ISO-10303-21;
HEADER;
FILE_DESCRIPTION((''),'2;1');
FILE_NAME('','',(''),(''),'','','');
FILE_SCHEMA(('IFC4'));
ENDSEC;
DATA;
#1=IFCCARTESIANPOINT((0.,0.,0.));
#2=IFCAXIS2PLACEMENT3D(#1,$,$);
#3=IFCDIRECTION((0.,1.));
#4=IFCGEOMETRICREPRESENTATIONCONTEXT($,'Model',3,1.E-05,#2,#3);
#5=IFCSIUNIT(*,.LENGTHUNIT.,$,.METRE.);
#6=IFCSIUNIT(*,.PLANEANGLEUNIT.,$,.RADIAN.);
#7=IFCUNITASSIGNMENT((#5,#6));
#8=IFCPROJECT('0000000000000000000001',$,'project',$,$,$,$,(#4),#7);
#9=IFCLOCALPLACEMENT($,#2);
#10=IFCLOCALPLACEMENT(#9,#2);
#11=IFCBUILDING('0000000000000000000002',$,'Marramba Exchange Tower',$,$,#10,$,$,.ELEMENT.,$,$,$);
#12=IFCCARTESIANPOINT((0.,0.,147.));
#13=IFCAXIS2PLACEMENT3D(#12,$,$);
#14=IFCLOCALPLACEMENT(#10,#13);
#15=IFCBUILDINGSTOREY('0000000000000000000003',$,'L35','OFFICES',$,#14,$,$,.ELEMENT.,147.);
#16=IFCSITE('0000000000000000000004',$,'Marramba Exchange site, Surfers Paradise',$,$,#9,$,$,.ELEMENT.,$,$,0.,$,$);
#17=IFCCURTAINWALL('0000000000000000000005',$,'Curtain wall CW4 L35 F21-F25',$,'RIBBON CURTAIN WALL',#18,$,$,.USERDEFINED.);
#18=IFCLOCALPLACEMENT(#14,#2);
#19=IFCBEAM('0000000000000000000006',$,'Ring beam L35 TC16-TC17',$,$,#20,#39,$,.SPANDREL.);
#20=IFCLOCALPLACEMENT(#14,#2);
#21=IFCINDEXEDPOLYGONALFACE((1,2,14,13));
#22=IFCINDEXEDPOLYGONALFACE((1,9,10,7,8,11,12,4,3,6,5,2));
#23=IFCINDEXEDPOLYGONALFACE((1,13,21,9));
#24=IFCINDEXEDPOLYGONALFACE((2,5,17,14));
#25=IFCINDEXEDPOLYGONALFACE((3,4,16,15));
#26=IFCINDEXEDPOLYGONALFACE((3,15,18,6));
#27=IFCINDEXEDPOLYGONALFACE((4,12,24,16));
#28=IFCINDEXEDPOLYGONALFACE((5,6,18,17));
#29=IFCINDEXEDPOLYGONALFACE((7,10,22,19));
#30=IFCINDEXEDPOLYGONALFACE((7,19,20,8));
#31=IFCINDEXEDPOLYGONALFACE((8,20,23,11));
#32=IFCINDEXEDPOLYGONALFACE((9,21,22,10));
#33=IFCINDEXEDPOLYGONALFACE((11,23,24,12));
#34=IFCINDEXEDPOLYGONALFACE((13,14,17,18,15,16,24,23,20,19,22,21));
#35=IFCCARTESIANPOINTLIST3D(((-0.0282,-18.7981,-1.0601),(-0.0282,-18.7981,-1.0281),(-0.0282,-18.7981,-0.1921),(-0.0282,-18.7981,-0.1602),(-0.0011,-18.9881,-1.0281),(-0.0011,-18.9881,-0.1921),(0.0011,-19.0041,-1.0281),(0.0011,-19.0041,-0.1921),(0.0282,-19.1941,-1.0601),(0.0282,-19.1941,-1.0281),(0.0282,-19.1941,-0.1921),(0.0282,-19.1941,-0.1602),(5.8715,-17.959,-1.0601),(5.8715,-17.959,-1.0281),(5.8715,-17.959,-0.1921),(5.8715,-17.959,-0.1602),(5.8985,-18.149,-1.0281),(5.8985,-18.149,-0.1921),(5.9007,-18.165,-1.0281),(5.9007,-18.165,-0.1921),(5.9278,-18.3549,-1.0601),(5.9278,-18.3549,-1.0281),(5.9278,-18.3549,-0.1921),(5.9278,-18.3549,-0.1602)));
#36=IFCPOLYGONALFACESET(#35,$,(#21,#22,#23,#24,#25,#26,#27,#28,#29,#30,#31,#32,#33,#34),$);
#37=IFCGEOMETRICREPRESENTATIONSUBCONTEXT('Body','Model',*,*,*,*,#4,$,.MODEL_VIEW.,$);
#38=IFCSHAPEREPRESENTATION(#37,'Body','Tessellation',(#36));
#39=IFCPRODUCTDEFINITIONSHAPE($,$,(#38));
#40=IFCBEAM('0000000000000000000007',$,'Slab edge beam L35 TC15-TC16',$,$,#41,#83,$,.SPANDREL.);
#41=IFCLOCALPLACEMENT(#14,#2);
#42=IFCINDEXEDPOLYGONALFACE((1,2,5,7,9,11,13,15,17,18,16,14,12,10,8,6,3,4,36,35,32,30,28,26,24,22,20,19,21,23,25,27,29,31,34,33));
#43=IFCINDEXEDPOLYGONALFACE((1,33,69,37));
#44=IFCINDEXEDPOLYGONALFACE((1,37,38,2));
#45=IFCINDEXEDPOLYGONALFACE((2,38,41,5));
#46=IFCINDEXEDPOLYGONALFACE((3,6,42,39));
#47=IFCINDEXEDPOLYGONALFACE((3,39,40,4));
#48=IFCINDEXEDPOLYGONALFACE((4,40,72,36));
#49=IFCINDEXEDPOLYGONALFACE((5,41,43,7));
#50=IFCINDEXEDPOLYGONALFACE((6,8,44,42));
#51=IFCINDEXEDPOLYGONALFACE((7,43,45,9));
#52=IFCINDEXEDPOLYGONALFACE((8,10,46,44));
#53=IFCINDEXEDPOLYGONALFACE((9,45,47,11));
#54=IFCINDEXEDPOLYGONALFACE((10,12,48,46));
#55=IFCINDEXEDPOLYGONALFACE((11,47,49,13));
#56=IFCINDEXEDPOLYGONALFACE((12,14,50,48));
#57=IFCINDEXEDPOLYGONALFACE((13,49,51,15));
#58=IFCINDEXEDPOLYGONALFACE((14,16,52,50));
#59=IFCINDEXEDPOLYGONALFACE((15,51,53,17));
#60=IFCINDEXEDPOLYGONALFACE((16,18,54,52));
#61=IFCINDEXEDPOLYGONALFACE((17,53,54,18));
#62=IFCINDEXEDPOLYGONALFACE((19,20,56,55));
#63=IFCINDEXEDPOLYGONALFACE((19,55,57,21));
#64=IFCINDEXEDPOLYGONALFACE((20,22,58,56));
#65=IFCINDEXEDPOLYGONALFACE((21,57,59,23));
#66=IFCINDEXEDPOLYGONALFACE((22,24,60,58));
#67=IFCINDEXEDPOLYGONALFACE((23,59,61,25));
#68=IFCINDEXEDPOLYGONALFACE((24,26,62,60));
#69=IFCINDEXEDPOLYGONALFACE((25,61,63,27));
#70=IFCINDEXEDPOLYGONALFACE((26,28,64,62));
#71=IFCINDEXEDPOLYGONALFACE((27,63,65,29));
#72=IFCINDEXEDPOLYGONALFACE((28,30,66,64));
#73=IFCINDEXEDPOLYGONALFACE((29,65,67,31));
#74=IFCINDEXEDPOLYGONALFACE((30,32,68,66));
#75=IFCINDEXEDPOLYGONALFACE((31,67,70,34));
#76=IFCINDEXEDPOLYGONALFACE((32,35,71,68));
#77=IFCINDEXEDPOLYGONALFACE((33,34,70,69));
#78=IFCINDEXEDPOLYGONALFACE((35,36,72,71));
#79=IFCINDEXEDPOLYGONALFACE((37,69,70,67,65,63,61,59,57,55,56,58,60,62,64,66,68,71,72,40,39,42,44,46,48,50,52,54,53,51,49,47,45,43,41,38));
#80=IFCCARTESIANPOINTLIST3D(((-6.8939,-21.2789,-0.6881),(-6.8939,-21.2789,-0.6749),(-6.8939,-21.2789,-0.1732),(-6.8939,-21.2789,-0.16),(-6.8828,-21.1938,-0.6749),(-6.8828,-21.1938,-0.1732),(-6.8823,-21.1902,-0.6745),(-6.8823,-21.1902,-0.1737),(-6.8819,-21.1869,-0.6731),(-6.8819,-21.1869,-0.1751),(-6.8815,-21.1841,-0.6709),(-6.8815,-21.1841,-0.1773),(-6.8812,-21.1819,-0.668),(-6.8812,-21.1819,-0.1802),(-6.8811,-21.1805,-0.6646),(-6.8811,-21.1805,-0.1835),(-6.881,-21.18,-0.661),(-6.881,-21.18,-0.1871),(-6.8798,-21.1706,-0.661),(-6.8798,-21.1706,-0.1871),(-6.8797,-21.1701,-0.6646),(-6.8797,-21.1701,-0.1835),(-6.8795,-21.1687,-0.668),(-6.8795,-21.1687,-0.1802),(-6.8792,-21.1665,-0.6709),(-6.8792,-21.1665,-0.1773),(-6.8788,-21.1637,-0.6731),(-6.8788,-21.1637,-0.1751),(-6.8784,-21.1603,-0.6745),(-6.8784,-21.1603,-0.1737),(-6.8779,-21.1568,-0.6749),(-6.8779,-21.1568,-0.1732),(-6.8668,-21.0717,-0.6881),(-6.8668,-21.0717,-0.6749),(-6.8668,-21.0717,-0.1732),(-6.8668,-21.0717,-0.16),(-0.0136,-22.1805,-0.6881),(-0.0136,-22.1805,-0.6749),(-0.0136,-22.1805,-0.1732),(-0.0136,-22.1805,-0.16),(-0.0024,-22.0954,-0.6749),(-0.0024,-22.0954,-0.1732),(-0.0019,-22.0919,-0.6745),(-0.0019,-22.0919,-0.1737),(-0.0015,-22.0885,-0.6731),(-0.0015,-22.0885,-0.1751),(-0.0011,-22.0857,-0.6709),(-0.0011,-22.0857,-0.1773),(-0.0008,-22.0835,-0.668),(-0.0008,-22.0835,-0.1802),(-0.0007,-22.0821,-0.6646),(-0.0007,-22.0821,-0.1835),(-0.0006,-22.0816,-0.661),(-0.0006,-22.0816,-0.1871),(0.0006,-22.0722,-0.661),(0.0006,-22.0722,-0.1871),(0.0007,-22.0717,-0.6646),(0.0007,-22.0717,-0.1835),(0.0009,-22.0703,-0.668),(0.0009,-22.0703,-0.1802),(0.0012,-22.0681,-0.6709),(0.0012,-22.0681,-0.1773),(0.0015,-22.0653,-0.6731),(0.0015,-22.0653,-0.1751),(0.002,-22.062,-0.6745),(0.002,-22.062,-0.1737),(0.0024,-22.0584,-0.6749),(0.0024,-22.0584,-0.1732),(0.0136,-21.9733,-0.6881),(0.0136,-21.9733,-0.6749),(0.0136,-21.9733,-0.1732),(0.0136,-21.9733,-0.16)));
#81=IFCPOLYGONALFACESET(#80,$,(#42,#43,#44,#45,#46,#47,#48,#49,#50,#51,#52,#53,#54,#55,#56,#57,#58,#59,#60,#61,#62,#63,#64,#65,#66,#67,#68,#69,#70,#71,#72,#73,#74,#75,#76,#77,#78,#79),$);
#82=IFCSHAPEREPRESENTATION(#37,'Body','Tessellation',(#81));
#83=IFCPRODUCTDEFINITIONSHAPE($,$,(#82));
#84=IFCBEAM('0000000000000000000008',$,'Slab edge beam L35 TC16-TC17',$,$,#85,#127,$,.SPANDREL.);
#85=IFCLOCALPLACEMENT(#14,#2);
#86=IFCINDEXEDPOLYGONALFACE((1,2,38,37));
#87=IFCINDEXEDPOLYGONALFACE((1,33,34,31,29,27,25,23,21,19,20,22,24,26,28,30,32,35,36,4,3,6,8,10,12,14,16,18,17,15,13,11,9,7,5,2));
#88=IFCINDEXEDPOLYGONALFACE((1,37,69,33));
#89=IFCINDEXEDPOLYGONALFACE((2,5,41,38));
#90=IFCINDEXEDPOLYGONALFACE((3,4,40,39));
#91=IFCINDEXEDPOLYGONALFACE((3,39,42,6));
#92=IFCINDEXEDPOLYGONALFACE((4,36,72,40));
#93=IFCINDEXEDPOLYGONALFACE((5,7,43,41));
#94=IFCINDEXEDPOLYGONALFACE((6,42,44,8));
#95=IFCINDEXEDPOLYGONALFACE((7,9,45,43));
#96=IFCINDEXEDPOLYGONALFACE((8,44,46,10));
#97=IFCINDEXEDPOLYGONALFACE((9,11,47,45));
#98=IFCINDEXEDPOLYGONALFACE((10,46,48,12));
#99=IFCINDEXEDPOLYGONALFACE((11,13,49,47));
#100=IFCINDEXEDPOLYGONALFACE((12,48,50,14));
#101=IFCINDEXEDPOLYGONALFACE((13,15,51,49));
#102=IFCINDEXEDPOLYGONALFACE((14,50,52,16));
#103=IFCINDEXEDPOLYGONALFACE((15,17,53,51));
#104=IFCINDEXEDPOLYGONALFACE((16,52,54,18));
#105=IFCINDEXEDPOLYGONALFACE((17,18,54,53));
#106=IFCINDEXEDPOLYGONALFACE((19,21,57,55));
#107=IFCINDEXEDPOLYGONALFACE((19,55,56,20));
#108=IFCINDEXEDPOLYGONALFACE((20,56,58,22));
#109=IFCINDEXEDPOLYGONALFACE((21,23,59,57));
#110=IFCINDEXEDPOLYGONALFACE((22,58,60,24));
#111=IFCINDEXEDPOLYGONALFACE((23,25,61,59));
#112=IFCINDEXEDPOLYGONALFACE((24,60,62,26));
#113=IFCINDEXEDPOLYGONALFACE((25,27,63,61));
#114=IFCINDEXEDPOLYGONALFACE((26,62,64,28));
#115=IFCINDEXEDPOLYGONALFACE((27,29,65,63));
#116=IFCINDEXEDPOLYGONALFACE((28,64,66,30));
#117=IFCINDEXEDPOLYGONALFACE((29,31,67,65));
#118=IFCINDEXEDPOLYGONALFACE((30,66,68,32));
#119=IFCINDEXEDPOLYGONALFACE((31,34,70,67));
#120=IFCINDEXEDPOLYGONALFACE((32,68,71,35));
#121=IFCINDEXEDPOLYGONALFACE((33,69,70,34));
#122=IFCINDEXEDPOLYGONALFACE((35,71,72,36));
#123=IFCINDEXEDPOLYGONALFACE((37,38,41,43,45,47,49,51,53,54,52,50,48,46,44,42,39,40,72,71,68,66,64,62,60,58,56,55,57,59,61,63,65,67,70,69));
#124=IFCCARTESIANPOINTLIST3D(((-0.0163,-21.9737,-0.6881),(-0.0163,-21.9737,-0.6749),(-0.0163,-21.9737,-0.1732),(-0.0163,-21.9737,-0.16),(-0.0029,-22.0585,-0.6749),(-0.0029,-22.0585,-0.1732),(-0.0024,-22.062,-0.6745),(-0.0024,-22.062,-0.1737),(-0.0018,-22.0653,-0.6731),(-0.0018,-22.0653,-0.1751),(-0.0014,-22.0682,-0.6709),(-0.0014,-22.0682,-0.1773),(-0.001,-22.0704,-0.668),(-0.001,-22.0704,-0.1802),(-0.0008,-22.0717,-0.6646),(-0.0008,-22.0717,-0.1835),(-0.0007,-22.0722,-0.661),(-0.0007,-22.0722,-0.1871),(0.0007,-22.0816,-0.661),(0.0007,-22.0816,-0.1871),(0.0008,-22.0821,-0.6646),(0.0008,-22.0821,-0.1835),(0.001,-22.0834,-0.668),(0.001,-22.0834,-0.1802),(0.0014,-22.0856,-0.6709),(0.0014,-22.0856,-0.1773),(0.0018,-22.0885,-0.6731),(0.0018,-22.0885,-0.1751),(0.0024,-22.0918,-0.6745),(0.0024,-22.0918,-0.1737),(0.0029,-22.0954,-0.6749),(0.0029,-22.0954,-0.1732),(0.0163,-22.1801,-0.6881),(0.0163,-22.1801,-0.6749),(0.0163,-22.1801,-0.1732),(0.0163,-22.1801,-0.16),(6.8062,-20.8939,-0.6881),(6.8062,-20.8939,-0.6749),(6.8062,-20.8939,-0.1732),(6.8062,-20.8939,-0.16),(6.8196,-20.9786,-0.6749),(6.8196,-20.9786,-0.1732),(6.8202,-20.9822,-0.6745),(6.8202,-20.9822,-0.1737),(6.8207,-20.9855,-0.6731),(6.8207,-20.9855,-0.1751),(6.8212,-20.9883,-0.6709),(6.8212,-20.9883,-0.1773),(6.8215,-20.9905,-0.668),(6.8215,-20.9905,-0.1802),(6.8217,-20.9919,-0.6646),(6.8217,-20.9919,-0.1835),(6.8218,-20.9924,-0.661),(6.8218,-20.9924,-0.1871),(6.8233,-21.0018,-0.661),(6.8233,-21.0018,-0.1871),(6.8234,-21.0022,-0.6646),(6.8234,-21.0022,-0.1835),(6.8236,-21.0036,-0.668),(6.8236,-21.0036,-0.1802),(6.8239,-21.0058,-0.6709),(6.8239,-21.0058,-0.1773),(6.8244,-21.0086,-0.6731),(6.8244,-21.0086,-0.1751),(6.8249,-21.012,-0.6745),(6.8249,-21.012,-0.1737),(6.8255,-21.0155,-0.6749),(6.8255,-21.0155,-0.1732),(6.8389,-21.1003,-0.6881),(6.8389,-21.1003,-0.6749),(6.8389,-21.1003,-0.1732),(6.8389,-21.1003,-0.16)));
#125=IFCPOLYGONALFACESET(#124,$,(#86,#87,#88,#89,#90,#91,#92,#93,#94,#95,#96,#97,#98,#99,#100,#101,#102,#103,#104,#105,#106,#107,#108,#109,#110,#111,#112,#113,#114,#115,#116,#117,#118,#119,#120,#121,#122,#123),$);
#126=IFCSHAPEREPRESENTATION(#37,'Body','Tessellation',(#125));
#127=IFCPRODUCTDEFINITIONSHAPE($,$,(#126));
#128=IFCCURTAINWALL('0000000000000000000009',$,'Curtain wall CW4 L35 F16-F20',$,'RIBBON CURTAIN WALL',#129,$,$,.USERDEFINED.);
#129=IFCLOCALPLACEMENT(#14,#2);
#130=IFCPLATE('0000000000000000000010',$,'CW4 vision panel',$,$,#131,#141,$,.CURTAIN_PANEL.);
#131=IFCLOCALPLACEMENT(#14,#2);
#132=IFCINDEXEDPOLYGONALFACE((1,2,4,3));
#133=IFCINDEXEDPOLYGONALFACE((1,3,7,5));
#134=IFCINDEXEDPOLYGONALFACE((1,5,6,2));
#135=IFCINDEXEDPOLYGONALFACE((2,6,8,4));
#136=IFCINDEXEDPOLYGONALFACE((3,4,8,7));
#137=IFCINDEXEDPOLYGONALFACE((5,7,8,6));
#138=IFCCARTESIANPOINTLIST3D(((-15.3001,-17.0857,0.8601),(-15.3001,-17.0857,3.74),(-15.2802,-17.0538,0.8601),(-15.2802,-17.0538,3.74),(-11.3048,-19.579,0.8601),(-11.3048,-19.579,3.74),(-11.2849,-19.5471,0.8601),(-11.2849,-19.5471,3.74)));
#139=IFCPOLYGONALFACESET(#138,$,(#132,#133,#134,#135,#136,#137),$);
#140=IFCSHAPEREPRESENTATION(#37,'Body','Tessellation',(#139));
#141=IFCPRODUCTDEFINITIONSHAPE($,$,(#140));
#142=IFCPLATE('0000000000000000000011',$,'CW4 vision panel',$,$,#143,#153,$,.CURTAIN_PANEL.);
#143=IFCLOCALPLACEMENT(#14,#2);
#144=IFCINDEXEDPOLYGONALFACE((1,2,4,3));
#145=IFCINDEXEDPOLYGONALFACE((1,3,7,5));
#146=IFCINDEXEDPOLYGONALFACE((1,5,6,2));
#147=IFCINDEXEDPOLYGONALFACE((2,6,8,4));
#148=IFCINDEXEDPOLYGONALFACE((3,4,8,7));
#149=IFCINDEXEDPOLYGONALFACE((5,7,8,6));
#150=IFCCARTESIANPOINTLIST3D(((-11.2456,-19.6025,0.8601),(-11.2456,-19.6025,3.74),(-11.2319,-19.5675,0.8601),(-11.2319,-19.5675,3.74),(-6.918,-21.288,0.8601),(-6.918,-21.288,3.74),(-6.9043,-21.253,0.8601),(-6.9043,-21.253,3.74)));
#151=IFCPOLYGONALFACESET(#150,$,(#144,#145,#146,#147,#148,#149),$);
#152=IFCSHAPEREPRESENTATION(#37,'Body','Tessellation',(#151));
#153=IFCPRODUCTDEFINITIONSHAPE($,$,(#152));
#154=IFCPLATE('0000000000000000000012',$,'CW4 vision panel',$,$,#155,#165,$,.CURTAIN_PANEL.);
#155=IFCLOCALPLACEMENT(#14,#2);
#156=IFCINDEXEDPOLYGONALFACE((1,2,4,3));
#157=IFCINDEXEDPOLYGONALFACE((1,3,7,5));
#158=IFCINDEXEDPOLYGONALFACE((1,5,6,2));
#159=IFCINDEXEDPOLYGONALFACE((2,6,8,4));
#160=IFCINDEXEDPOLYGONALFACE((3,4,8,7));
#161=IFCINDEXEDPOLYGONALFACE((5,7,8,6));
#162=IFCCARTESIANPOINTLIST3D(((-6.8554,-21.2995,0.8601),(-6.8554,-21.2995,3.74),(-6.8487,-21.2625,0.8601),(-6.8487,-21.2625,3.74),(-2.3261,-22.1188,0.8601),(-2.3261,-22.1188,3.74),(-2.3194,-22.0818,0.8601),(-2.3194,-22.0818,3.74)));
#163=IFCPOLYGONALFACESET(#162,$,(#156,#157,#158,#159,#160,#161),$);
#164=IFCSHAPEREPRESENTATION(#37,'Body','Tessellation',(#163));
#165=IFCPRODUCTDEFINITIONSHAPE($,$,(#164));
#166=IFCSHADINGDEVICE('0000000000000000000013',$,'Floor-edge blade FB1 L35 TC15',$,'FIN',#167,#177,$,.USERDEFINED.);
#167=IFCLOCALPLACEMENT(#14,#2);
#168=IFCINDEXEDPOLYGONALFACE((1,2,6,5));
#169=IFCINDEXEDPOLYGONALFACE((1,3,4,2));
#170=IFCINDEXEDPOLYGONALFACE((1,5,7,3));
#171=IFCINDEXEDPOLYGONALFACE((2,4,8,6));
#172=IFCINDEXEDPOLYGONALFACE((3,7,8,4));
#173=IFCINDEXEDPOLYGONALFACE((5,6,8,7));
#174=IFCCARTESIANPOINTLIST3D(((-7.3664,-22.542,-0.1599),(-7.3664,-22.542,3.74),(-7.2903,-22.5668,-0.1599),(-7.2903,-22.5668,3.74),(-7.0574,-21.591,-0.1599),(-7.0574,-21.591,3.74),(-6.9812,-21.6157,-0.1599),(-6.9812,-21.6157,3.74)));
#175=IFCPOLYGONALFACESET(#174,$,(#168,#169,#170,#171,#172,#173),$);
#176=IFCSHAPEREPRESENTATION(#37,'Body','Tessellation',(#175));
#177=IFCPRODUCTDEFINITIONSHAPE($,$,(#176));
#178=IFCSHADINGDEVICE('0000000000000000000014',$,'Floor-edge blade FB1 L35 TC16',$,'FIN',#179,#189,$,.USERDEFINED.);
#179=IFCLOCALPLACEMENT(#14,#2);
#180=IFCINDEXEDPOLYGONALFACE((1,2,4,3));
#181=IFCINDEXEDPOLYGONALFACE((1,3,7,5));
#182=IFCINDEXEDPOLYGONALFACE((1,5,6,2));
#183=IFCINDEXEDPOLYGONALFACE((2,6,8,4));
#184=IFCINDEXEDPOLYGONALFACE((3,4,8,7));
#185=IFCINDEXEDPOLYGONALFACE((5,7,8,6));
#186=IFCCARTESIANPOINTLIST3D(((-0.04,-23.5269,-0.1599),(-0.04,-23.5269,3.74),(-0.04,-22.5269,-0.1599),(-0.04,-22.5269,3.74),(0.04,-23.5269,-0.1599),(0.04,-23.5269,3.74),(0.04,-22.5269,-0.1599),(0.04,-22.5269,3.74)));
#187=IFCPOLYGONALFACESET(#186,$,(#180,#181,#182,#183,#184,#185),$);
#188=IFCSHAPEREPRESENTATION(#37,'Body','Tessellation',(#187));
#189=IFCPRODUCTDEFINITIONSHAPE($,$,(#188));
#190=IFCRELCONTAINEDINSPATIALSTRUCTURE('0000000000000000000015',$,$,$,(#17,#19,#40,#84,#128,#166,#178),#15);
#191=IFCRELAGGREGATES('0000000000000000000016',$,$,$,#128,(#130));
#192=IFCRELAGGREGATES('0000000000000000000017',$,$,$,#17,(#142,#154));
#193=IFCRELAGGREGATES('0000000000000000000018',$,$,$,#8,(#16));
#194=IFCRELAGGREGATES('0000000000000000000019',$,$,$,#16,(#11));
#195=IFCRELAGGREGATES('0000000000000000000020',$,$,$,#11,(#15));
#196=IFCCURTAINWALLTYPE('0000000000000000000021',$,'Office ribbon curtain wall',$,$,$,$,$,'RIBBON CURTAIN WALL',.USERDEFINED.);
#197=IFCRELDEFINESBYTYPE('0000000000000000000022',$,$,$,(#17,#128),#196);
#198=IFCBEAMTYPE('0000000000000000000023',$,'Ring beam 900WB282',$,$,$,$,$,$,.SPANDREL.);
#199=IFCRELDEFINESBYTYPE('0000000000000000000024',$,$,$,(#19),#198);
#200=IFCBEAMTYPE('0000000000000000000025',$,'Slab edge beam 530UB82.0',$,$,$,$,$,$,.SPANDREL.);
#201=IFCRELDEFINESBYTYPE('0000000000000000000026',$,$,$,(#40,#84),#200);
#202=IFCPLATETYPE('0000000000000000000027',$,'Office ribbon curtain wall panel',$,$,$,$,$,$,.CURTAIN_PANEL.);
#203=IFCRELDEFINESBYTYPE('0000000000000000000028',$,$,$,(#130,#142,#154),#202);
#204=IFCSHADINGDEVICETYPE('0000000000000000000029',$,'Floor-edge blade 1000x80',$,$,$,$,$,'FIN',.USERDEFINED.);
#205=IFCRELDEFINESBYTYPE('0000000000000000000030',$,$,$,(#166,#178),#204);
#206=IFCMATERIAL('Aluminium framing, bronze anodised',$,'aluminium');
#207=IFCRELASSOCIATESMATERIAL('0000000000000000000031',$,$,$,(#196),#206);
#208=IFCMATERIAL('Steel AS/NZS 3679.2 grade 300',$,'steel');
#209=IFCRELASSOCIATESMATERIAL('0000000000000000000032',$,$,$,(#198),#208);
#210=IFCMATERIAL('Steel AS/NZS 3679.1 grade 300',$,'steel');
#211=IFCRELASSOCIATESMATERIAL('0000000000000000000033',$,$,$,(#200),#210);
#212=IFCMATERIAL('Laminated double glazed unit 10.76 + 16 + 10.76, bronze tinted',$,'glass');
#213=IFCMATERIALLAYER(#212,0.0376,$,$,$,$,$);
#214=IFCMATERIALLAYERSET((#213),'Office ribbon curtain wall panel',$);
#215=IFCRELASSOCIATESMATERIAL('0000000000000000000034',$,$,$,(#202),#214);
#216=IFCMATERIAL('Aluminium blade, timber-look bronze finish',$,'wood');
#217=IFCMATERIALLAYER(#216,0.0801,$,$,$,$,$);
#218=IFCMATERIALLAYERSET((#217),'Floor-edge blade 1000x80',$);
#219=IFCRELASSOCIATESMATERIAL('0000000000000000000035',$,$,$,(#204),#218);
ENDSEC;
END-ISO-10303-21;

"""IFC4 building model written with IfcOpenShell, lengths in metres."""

from ifc_helpers import new_model, si_unit, direction, frame, origin, origin_2d, place, context, subcontext, project, spatial, rectangle, i_section, extrude, material, layer, layer_set, material_profile, profile_set, type_object, element, aggregate, save


model = new_model("IFC4")

# Units and contexts
model_context = context("Model", 3, precision=1e-05, world=origin(), true_north=direction((0.0, 1.0)))
body_context = subcontext(model_context, "Body", "Model", "MODEL_VIEW")
ifc_project = project(units=[si_unit("LENGTHUNIT", "METRE"), si_unit("PLANEANGLEUNIT", "RADIAN")], contexts=[model_context])

# Site, building, storey
site_placement = place(None, origin())
site = spatial("IfcSite", under=ifc_project, at=site_placement, Name="Marramba Exchange site, Surfers Paradise", CompositionType="ELEMENT", RefElevation=0.0)
building_placement = place(site_placement, origin())
building = spatial("IfcBuilding", under=site, at=building_placement, Name="Marramba Exchange Tower", CompositionType="ELEMENT")
storey_placement = place(building_placement, frame((0.0, 0.0, 147.0)))
storey = spatial("IfcBuildingStorey", under=building, at=storey_placement, Name="L35", Description="OFFICES", CompositionType="ELEMENT", Elevation=147.0)

# Shared definitions
ifc_material_1 = material(Name="Steel AS/NZS 3679.2 grade 300", Category="steel")

# Curtain wall
ifc_material_2 = material(Name="Aluminium framing, bronze anodised", Category="aluminium")
curtain_wall_type = type_object("IfcCurtainWallType", Name="Office ribbon curtain wall", ElementType="RIBBON CURTAIN WALL", PredefinedType="USERDEFINED", material=ifc_material_2)
curtain_wall_1_placement = place(storey_placement, origin())
curtain_wall_1 = element("IfcCurtainWall", 1, at=curtain_wall_1_placement, inside=storey, type_object=curtain_wall_type, Name="Curtain wall CW4 L35 F21-F25", ObjectType="RIBBON CURTAIN WALL", PredefinedType="USERDEFINED")

# Beams
ifc_material_profile_1 = material_profile(ifc_material_1, i_section(OverallWidth=0.3999, OverallDepth=0.8999, WebThickness=0.0161, FlangeThickness=0.032, at=origin_2d()), Name="900WB282")
ifc_profile_set_1 = profile_set([ifc_material_profile_1], Name="Steel AS/NZS 3679.2 grade 300")
beam_type_1 = type_object("IfcBeamType", Name="Ring beam 900WB282", PredefinedType="SPANDREL", material=ifc_profile_set_1)
for number, where, z_axis, x_axis, name in (
    (2, (0.0, -18.9961, -0.6101), (0.990036, 0.140813, 0.0), (-0.140813, 0.990036, 0.0), "Ring beam L35 TC16-TC17"),
):
    element("IfcBeam", number, at=place(storey_placement, frame(where, z_axis=z_axis, x_axis=x_axis)), inside=storey, type_object=beam_type_1, Name=name, PredefinedType="SPANDREL", context=body_context, shape_type="SweptSolid", body=[
        extrude(i_section(OverallWidth=0.3999, OverallDepth=0.8999, WebThickness=0.0161, FlangeThickness=0.032, at=origin_2d()), origin(), (0.0, 0.0, 1.0), 5.959),
    ])
ifc_material_3 = material(Name="Steel AS/NZS 3679.1 grade 300", Category="steel")
ifc_material_profile_2 = material_profile(ifc_material_3, i_section(OverallWidth=0.209, OverallDepth=0.5281, WebThickness=0.0095, FlangeThickness=0.0132, FilletRadius=0.0139, at=origin_2d()), Name="530UB82.0")
ifc_profile_set_2 = profile_set([ifc_material_profile_2], Name="Steel AS/NZS 3679.1 grade 300")
beam_type_2 = type_object("IfcBeamType", Name="Slab edge beam 530UB82.0", PredefinedType="SPANDREL", material=ifc_profile_set_2)
beam_1_placement = place(storey_placement, frame((-6.8804, -21.1753, -0.4241), z_axis=(0.991523, -0.12993, 0.0), x_axis=(0.12993, 0.991523, 0.0)))
element("IfcBeam", 3, at=beam_1_placement, inside=storey, type_object=beam_type_2, Name="Slab edge beam L35 TC15-TC16", PredefinedType="SPANDREL", context=body_context, shape_type="SweptSolid", body=[
    extrude(i_section(OverallWidth=0.209, OverallDepth=0.5281, WebThickness=0.0095, FlangeThickness=0.0132, FilletRadius=0.0139, at=origin_2d()), origin(), (0.0, 0.0, 1.0), 6.9392),
])
beam_2_placement = place(storey_placement, frame((0.0, -22.0769, -0.4241), z_axis=(0.987705, 0.156329, 0.0), x_axis=(-0.156329, 0.987705, 0.0)))
element("IfcBeam", 4, at=beam_2_placement, inside=storey, type_object=beam_type_2, Name="Slab edge beam L35 TC16-TC17", PredefinedType="SPANDREL", context=body_context, shape_type="SweptSolid", body=[
    extrude(i_section(OverallWidth=0.209, OverallDepth=0.5281, WebThickness=0.0095, FlangeThickness=0.0132, FilletRadius=0.0139, at=origin_2d()), origin(), (0.0, 0.0, 1.0), 6.9075),
])

# Curtain wall, plate
curtain_wall_2_placement = place(storey_placement, origin())
curtain_wall_2 = element("IfcCurtainWall", 5, at=curtain_wall_2_placement, inside=storey, type_object=curtain_wall_type, Name="Curtain wall CW4 L35 F16-F20", ObjectType="RIBBON CURTAIN WALL", PredefinedType="USERDEFINED")
ifc_material_4 = material(Name="Laminated double glazed unit 10.76 + 16 + 10.76, bronze tinted", Category="glass")
ifc_layer_1 = layer(ifc_material_4, 0.0376)
ifc_layer_set_1 = layer_set([ifc_layer_1], Name="Office ribbon curtain wall panel")
plate_type = type_object("IfcPlateType", Name="Office ribbon curtain wall panel", PredefinedType="CURTAIN_PANEL", material=ifc_layer_set_1)
plate_1_placement = place(storey_placement, frame((-13.2925, -18.3164, 0.8601), z_axis=(0.0, 0.0, 1.0), x_axis=(0.848355, -0.529428, 0.0)))
plate_1 = element("IfcPlate", 6, at=plate_1_placement, type_object=plate_type, Name="CW4 vision panel", PredefinedType="CURTAIN_PANEL", context=body_context, shape_type="SweptSolid", body=[
    extrude(rectangle(XDim=4.7095, YDim=0.0376, at=origin_2d()), origin(), (0.0, 0.0, 1.0), 2.8799),
])
aggregate(curtain_wall_2, [plate_1])

# Plates
plate_2_placement = place(storey_placement, frame((-9.075, -20.4277, 0.8601), z_axis=(0.0, 0.0, 1.0), x_axis=(0.931818, -0.362925, 0.0)))
plate_2 = element("IfcPlate", 7, at=plate_2_placement, type_object=plate_type, Name="CW4 vision panel", PredefinedType="CURTAIN_PANEL", context=body_context, shape_type="SweptSolid", body=[
    extrude(rectangle(XDim=4.6443, YDim=0.0376, at=origin_2d()), origin(), (0.0, 0.0, 1.0), 2.8799),
])
plate_3_placement = place(storey_placement, frame((-4.5874, -21.6907, 0.8601), z_axis=(0.0, 0.0, 1.0), x_axis=(0.984032, -0.177992, 0.0)))
plate_3 = element("IfcPlate", 8, at=plate_3_placement, type_object=plate_type, Name="CW4 vision panel", PredefinedType="CURTAIN_PANEL", context=body_context, shape_type="SweptSolid", body=[
    extrude(rectangle(XDim=4.6028, YDim=0.0376, at=origin_2d()), origin(), (0.0, 0.0, 1.0), 2.8799),
])
aggregate(curtain_wall_1, [plate_2, plate_3])

# Shading devices
ifc_material_5 = material(Name="Aluminium blade, timber-look bronze finish", Category="wood")
ifc_layer_2 = layer(ifc_material_5, 0.0801)
ifc_layer_set_2 = layer_set([ifc_layer_2], Name="Floor-edge blade 1000x80")
shading_device_type_1 = type_object("IfcShadingDeviceType", Name="Floor-edge blade 1000x80", ElementType="FIN", PredefinedType="USERDEFINED", material=ifc_layer_set_2)
for number, where, z_axis, x_axis, name in (
    (9, (-7.1738, -22.0789, -0.1599), (0.0, 0.0, 1.0), (-0.309017, -0.951057, 0.0), "Floor-edge blade FB1 L35 TC15"),
    (10, (0.0, -23.0269, -0.1599), (0.0, 0.0, 1.0), (0.0, -1.0, 0.0), "Floor-edge blade FB1 L35 TC16"),
):
    element("IfcShadingDevice", number, at=place(storey_placement, frame(where, z_axis=z_axis, x_axis=x_axis)), inside=storey, type_object=shading_device_type_1, Name=name, ObjectType="FIN", PredefinedType="USERDEFINED", context=body_context, shape_type="SweptSolid", body=[
        extrude(rectangle(XDim=1.0, YDim=0.0801, at=origin_2d()), origin(), (0.0, 0.0, 1.0), 3.8999),
    ])

save(model, "model.ifc")
